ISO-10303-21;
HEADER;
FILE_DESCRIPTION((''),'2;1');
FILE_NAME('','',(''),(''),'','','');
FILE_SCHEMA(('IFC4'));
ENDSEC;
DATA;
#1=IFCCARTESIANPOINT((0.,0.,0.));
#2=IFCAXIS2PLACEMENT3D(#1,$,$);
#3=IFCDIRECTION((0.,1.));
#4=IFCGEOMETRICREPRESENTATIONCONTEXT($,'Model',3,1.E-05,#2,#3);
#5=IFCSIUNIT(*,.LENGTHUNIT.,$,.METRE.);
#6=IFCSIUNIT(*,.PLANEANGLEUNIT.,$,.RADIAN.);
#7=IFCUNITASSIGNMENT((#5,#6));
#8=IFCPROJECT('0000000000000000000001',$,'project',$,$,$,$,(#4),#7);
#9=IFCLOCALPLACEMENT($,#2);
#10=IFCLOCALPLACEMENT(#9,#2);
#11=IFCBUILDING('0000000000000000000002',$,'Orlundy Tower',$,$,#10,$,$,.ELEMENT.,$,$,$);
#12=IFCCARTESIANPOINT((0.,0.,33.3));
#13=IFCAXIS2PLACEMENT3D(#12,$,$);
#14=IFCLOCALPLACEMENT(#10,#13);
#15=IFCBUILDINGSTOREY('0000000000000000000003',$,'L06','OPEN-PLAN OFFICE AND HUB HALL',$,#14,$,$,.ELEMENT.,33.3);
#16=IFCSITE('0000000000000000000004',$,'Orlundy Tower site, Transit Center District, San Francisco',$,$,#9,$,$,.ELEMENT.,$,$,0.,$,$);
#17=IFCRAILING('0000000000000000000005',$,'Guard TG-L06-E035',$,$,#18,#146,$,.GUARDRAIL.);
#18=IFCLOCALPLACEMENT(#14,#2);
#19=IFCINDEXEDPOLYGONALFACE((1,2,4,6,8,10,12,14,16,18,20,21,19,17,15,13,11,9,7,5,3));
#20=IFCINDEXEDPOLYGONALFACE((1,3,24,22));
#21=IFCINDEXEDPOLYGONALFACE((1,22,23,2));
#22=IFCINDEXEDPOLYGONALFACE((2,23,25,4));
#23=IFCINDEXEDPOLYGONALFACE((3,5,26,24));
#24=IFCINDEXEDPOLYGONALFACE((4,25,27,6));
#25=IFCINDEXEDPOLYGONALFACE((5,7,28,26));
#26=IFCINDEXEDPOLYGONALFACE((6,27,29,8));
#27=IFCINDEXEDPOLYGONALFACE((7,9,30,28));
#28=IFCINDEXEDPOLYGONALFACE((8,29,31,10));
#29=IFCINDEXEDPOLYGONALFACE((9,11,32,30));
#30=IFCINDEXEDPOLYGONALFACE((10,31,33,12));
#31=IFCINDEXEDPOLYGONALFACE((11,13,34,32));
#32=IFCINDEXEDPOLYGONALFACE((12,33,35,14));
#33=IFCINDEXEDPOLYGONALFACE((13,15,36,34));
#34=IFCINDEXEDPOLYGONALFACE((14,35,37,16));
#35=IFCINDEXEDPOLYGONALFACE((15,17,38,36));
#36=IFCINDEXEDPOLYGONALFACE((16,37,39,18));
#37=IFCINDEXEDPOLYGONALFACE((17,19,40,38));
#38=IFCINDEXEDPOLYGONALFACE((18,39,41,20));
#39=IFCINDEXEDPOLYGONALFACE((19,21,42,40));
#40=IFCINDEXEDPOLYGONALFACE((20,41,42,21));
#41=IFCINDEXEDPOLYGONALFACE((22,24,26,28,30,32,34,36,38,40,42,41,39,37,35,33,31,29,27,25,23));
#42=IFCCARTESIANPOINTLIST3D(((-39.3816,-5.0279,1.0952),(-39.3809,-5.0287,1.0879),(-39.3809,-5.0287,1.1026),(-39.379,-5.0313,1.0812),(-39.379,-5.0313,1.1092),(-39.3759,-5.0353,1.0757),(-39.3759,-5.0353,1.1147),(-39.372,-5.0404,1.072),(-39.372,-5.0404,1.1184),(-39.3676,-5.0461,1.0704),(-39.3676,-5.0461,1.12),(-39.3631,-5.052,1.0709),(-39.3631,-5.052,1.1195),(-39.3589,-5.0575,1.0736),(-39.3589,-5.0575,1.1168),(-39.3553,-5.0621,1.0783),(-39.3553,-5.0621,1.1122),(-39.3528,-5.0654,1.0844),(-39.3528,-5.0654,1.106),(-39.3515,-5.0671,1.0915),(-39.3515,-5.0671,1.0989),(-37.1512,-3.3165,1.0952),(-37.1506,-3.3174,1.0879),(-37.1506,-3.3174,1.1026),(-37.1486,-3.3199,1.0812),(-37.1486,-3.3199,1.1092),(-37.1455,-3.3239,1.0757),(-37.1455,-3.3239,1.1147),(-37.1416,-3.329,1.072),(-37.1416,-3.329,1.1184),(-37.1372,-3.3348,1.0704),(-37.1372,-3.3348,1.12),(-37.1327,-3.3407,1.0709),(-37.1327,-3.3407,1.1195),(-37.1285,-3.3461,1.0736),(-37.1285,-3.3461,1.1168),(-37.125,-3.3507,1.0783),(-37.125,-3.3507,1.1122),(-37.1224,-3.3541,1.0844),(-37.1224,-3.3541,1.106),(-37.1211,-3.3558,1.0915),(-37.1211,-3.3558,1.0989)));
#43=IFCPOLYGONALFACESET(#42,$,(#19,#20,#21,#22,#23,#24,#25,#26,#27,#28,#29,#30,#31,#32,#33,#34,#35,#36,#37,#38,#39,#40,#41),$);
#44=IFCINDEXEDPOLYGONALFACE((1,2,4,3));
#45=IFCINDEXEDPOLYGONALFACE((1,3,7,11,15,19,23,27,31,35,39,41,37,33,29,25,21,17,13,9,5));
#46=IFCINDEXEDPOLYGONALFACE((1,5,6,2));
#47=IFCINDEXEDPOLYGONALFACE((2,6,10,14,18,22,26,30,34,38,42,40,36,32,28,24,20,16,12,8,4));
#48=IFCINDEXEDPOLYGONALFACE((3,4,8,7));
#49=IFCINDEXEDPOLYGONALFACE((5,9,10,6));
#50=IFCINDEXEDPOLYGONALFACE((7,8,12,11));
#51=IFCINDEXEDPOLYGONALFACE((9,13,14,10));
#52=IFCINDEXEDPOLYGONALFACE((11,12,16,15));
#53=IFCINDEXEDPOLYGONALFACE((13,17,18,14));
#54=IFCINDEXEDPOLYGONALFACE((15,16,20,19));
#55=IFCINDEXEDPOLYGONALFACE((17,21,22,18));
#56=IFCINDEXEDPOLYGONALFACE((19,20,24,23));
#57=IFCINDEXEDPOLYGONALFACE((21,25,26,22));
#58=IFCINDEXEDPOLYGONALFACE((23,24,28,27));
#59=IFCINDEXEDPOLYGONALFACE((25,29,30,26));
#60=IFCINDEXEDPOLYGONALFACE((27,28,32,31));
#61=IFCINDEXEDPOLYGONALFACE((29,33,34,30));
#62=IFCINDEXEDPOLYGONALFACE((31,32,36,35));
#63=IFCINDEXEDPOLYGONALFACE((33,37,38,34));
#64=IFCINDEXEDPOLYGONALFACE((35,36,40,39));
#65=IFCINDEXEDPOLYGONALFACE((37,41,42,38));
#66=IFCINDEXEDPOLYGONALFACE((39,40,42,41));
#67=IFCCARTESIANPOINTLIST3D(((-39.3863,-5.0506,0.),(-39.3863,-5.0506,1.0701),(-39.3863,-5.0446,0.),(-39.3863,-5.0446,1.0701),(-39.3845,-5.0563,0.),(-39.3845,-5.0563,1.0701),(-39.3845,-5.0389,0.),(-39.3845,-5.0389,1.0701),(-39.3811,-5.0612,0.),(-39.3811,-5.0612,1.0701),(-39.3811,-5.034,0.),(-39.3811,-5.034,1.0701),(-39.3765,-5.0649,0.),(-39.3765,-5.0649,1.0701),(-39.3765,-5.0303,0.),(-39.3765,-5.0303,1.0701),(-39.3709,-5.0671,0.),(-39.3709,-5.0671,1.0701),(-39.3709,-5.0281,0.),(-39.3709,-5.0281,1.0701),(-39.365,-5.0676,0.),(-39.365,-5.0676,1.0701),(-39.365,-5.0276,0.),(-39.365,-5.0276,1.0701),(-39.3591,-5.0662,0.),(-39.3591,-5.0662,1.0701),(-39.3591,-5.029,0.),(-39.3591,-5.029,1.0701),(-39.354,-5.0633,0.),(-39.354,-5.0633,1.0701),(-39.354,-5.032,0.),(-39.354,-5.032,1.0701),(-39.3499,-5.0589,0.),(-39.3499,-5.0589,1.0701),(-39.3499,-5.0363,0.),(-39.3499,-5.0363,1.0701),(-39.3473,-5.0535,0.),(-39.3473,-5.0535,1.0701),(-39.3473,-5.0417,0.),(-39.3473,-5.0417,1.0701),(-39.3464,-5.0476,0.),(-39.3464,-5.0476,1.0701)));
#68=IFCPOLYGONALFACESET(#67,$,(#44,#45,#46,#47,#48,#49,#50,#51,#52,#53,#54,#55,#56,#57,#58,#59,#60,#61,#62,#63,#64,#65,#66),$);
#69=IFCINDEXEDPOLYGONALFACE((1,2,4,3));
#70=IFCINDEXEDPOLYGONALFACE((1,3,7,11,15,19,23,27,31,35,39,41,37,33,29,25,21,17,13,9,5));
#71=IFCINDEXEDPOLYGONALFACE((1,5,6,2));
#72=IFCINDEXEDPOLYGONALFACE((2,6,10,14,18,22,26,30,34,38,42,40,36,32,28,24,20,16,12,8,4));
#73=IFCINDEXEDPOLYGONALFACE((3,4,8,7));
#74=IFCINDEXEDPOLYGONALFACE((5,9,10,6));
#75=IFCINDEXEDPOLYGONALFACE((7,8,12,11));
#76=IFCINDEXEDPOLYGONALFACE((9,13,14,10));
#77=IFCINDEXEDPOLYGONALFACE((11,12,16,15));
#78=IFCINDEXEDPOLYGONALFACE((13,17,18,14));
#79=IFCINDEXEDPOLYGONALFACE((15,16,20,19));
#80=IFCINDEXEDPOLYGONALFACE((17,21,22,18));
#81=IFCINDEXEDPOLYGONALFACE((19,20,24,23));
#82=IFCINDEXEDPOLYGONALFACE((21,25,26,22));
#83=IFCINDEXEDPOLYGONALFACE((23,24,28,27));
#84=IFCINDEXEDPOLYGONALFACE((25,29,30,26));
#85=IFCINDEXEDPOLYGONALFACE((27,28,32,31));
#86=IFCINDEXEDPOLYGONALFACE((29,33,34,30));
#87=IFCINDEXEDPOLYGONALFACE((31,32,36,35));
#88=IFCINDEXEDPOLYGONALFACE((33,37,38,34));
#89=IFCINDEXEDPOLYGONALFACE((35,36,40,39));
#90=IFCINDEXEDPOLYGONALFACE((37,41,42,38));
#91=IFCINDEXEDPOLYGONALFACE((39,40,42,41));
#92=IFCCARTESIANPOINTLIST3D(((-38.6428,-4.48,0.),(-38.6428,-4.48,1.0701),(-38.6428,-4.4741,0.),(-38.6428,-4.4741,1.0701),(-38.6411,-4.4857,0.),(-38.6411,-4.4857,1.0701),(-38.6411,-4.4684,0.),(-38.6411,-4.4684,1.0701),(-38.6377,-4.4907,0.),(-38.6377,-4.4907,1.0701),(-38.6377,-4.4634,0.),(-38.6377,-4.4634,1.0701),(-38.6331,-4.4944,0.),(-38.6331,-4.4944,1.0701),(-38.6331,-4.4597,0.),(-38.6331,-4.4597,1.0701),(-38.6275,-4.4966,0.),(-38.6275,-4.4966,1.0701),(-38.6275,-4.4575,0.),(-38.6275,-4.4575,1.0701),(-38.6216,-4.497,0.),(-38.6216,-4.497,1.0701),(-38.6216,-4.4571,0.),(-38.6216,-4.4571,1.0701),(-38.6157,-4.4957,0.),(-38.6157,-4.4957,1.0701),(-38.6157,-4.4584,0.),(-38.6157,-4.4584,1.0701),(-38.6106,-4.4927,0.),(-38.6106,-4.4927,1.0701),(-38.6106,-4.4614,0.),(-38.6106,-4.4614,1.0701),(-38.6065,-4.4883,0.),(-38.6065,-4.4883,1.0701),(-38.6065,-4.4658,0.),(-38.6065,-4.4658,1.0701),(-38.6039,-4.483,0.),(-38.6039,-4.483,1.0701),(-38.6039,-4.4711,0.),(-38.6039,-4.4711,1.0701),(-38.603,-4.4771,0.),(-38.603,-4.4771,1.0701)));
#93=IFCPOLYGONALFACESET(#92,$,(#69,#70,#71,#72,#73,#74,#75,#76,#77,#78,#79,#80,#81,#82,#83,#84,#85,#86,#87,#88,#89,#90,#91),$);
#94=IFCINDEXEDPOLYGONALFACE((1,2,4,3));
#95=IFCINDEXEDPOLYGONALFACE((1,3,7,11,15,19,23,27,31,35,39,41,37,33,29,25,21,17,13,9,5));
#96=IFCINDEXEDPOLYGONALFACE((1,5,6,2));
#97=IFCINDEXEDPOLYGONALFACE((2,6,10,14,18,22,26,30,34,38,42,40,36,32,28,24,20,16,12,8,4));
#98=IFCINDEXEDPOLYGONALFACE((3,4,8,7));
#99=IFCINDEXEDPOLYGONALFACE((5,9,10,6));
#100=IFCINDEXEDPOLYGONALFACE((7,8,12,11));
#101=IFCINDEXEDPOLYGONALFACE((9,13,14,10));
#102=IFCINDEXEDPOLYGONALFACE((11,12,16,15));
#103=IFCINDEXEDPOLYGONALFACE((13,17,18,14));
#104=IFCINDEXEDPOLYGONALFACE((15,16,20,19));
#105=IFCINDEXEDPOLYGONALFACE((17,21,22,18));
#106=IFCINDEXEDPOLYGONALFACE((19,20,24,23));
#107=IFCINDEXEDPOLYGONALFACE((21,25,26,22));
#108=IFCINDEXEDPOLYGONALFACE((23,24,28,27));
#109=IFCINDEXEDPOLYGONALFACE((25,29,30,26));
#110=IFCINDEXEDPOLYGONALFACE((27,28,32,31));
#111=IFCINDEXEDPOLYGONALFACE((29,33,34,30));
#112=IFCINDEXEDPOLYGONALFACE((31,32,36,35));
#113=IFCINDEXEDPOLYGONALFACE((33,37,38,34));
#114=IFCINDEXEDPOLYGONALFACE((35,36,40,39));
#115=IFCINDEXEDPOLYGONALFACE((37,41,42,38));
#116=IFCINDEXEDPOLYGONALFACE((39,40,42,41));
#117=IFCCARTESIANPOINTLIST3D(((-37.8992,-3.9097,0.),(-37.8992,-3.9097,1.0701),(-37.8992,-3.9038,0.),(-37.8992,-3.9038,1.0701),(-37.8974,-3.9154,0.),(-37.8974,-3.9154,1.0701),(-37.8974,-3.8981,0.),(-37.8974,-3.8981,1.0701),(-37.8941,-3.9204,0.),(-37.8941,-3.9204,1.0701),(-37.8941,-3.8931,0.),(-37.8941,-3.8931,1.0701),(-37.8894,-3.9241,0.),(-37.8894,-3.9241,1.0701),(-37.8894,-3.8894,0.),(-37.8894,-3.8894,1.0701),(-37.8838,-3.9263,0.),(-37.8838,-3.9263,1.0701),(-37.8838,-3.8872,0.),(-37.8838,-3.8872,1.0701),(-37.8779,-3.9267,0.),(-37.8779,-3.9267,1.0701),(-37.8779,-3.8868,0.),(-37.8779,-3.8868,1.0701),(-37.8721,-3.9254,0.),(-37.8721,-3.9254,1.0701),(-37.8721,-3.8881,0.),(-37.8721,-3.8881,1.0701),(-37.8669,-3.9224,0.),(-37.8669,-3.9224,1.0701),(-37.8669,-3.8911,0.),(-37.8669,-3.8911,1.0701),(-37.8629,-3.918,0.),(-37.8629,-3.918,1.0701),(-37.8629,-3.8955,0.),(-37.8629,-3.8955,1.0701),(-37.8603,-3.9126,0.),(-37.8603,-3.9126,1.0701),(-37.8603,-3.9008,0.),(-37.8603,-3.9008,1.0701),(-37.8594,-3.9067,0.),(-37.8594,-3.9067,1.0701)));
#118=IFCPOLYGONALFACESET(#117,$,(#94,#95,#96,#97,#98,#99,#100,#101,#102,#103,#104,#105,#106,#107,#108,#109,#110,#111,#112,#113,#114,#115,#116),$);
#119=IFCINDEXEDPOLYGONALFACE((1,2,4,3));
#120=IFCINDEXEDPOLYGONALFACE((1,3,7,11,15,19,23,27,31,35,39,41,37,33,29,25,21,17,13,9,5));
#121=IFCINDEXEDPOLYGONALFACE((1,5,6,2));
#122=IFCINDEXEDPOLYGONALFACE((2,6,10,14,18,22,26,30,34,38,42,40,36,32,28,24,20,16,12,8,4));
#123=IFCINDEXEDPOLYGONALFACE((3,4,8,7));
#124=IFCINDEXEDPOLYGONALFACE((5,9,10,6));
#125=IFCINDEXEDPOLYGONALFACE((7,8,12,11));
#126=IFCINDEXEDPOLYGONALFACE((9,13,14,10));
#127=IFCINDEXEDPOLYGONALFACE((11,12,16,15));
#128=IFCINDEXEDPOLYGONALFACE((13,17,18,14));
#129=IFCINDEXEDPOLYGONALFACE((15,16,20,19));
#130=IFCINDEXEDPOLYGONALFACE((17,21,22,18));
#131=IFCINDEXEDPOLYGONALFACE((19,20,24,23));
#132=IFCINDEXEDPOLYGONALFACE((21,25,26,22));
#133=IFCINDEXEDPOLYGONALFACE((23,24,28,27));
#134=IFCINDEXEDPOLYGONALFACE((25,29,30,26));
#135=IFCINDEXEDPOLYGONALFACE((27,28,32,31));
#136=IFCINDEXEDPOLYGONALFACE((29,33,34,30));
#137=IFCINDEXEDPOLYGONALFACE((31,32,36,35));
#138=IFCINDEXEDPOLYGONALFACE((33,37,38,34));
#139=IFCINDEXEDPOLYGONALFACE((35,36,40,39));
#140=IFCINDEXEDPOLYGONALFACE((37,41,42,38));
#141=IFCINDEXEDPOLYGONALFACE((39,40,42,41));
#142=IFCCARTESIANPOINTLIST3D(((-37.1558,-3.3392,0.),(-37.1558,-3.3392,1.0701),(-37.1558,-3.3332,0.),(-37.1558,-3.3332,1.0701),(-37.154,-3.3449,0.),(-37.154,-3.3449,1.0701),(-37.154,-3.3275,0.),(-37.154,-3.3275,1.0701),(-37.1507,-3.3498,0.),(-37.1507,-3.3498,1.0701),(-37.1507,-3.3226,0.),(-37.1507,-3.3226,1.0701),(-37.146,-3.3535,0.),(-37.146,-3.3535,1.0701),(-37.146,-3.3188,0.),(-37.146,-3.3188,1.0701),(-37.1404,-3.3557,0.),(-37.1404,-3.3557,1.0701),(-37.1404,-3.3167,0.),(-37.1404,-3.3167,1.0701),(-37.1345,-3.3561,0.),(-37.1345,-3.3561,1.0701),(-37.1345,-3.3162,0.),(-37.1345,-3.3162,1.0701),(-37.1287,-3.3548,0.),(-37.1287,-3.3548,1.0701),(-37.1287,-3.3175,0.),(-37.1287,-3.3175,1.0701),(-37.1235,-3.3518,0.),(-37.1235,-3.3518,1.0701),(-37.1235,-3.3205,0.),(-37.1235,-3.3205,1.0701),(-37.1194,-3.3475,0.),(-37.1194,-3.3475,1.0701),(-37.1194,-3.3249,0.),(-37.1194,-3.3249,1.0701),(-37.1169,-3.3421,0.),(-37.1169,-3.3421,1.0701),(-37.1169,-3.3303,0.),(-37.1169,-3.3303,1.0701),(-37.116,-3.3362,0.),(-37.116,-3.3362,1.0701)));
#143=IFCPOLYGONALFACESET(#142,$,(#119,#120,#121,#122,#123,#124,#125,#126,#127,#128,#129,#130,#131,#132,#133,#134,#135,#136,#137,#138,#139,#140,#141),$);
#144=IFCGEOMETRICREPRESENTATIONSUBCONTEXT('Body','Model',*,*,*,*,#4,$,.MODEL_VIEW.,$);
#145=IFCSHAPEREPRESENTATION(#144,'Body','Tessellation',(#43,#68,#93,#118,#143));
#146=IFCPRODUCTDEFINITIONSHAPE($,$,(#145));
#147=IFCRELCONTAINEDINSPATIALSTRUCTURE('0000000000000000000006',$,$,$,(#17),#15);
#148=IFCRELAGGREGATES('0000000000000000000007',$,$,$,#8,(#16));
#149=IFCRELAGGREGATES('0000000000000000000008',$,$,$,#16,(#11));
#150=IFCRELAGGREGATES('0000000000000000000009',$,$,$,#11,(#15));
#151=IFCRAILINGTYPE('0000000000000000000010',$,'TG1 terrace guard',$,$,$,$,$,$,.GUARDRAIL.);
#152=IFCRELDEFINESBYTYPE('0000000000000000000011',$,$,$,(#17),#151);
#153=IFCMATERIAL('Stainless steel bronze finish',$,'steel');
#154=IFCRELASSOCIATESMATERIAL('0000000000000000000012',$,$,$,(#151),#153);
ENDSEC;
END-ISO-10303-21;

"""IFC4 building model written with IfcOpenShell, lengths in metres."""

from ifc_helpers import new_model, si_unit, direction, frame, origin, origin_2d, place, context, subcontext, project, spatial, circle, extrude, material, type_object, element, save


model = new_model("IFC4")

# Units and contexts
model_context = context("Model", 3, precision=1e-05, world=origin(), true_north=direction((0.0, 1.0)))
body_context = subcontext(model_context, "Body", "Model", "MODEL_VIEW")
ifc_project = project(units=[si_unit("LENGTHUNIT", "METRE"), si_unit("PLANEANGLEUNIT", "RADIAN")], contexts=[model_context])

# Site, building, storey
site_placement = place(None, origin())
site = spatial("IfcSite", under=ifc_project, at=site_placement, Name="Orlundy Tower site, Transit Center District, San Francisco", CompositionType="ELEMENT", RefElevation=0.0)
building_placement = place(site_placement, origin())
building = spatial("IfcBuilding", under=site, at=building_placement, Name="Orlundy Tower", CompositionType="ELEMENT")
storey_placement = place(building_placement, frame((0.0, 0.0, 33.3)))
storey = spatial("IfcBuildingStorey", under=building, at=storey_placement, Name="L06", Description="OPEN-PLAN OFFICE AND HUB HALL", CompositionType="ELEMENT", Elevation=33.3)

# Railing
ifc_material_1 = material(Name="Stainless steel bronze finish", Category="steel")
railing_type = type_object("IfcRailingType", Name="TG1 terrace guard", PredefinedType="GUARDRAIL", material=ifc_material_1)
railing_1_placement = place(storey_placement, frame((-39.3665, -5.0476, 0.0)))
element("IfcRailing", 1, at=railing_1_placement, inside=storey, type_object=railing_type, Name="Guard TG-L06-E035", PredefinedType="GUARDRAIL", context=body_context, shape_type="SweptSolid", body=[
    extrude(circle(Radius=0.0249, at=origin_2d()), frame((0.0, 0.0, 1.0952), z_axis=(0.793366, 0.608745, 0.0), x_axis=(-0.608745, 0.793366, 0.0)), (0.0, 0.0, 1.0), 2.8113),
    extrude(circle(Radius=0.02, at=origin_2d()), origin(), (0.0, 0.0, 1.0), 1.0701),
    extrude(circle(Radius=0.02, at=origin_2d()), frame((0.7434, 0.5706, 0.0)), (0.0, 0.0, 1.0), 1.0701),
    extrude(circle(Radius=0.02, at=origin_2d()), frame((1.4871, 1.1409, 0.0)), (0.0, 0.0, 1.0), 1.0701),
    extrude(circle(Radius=0.02, at=origin_2d()), frame((2.2305, 1.7114, 0.0)), (0.0, 0.0, 1.0), 1.0701),
])

save(model, "model.ifc")
